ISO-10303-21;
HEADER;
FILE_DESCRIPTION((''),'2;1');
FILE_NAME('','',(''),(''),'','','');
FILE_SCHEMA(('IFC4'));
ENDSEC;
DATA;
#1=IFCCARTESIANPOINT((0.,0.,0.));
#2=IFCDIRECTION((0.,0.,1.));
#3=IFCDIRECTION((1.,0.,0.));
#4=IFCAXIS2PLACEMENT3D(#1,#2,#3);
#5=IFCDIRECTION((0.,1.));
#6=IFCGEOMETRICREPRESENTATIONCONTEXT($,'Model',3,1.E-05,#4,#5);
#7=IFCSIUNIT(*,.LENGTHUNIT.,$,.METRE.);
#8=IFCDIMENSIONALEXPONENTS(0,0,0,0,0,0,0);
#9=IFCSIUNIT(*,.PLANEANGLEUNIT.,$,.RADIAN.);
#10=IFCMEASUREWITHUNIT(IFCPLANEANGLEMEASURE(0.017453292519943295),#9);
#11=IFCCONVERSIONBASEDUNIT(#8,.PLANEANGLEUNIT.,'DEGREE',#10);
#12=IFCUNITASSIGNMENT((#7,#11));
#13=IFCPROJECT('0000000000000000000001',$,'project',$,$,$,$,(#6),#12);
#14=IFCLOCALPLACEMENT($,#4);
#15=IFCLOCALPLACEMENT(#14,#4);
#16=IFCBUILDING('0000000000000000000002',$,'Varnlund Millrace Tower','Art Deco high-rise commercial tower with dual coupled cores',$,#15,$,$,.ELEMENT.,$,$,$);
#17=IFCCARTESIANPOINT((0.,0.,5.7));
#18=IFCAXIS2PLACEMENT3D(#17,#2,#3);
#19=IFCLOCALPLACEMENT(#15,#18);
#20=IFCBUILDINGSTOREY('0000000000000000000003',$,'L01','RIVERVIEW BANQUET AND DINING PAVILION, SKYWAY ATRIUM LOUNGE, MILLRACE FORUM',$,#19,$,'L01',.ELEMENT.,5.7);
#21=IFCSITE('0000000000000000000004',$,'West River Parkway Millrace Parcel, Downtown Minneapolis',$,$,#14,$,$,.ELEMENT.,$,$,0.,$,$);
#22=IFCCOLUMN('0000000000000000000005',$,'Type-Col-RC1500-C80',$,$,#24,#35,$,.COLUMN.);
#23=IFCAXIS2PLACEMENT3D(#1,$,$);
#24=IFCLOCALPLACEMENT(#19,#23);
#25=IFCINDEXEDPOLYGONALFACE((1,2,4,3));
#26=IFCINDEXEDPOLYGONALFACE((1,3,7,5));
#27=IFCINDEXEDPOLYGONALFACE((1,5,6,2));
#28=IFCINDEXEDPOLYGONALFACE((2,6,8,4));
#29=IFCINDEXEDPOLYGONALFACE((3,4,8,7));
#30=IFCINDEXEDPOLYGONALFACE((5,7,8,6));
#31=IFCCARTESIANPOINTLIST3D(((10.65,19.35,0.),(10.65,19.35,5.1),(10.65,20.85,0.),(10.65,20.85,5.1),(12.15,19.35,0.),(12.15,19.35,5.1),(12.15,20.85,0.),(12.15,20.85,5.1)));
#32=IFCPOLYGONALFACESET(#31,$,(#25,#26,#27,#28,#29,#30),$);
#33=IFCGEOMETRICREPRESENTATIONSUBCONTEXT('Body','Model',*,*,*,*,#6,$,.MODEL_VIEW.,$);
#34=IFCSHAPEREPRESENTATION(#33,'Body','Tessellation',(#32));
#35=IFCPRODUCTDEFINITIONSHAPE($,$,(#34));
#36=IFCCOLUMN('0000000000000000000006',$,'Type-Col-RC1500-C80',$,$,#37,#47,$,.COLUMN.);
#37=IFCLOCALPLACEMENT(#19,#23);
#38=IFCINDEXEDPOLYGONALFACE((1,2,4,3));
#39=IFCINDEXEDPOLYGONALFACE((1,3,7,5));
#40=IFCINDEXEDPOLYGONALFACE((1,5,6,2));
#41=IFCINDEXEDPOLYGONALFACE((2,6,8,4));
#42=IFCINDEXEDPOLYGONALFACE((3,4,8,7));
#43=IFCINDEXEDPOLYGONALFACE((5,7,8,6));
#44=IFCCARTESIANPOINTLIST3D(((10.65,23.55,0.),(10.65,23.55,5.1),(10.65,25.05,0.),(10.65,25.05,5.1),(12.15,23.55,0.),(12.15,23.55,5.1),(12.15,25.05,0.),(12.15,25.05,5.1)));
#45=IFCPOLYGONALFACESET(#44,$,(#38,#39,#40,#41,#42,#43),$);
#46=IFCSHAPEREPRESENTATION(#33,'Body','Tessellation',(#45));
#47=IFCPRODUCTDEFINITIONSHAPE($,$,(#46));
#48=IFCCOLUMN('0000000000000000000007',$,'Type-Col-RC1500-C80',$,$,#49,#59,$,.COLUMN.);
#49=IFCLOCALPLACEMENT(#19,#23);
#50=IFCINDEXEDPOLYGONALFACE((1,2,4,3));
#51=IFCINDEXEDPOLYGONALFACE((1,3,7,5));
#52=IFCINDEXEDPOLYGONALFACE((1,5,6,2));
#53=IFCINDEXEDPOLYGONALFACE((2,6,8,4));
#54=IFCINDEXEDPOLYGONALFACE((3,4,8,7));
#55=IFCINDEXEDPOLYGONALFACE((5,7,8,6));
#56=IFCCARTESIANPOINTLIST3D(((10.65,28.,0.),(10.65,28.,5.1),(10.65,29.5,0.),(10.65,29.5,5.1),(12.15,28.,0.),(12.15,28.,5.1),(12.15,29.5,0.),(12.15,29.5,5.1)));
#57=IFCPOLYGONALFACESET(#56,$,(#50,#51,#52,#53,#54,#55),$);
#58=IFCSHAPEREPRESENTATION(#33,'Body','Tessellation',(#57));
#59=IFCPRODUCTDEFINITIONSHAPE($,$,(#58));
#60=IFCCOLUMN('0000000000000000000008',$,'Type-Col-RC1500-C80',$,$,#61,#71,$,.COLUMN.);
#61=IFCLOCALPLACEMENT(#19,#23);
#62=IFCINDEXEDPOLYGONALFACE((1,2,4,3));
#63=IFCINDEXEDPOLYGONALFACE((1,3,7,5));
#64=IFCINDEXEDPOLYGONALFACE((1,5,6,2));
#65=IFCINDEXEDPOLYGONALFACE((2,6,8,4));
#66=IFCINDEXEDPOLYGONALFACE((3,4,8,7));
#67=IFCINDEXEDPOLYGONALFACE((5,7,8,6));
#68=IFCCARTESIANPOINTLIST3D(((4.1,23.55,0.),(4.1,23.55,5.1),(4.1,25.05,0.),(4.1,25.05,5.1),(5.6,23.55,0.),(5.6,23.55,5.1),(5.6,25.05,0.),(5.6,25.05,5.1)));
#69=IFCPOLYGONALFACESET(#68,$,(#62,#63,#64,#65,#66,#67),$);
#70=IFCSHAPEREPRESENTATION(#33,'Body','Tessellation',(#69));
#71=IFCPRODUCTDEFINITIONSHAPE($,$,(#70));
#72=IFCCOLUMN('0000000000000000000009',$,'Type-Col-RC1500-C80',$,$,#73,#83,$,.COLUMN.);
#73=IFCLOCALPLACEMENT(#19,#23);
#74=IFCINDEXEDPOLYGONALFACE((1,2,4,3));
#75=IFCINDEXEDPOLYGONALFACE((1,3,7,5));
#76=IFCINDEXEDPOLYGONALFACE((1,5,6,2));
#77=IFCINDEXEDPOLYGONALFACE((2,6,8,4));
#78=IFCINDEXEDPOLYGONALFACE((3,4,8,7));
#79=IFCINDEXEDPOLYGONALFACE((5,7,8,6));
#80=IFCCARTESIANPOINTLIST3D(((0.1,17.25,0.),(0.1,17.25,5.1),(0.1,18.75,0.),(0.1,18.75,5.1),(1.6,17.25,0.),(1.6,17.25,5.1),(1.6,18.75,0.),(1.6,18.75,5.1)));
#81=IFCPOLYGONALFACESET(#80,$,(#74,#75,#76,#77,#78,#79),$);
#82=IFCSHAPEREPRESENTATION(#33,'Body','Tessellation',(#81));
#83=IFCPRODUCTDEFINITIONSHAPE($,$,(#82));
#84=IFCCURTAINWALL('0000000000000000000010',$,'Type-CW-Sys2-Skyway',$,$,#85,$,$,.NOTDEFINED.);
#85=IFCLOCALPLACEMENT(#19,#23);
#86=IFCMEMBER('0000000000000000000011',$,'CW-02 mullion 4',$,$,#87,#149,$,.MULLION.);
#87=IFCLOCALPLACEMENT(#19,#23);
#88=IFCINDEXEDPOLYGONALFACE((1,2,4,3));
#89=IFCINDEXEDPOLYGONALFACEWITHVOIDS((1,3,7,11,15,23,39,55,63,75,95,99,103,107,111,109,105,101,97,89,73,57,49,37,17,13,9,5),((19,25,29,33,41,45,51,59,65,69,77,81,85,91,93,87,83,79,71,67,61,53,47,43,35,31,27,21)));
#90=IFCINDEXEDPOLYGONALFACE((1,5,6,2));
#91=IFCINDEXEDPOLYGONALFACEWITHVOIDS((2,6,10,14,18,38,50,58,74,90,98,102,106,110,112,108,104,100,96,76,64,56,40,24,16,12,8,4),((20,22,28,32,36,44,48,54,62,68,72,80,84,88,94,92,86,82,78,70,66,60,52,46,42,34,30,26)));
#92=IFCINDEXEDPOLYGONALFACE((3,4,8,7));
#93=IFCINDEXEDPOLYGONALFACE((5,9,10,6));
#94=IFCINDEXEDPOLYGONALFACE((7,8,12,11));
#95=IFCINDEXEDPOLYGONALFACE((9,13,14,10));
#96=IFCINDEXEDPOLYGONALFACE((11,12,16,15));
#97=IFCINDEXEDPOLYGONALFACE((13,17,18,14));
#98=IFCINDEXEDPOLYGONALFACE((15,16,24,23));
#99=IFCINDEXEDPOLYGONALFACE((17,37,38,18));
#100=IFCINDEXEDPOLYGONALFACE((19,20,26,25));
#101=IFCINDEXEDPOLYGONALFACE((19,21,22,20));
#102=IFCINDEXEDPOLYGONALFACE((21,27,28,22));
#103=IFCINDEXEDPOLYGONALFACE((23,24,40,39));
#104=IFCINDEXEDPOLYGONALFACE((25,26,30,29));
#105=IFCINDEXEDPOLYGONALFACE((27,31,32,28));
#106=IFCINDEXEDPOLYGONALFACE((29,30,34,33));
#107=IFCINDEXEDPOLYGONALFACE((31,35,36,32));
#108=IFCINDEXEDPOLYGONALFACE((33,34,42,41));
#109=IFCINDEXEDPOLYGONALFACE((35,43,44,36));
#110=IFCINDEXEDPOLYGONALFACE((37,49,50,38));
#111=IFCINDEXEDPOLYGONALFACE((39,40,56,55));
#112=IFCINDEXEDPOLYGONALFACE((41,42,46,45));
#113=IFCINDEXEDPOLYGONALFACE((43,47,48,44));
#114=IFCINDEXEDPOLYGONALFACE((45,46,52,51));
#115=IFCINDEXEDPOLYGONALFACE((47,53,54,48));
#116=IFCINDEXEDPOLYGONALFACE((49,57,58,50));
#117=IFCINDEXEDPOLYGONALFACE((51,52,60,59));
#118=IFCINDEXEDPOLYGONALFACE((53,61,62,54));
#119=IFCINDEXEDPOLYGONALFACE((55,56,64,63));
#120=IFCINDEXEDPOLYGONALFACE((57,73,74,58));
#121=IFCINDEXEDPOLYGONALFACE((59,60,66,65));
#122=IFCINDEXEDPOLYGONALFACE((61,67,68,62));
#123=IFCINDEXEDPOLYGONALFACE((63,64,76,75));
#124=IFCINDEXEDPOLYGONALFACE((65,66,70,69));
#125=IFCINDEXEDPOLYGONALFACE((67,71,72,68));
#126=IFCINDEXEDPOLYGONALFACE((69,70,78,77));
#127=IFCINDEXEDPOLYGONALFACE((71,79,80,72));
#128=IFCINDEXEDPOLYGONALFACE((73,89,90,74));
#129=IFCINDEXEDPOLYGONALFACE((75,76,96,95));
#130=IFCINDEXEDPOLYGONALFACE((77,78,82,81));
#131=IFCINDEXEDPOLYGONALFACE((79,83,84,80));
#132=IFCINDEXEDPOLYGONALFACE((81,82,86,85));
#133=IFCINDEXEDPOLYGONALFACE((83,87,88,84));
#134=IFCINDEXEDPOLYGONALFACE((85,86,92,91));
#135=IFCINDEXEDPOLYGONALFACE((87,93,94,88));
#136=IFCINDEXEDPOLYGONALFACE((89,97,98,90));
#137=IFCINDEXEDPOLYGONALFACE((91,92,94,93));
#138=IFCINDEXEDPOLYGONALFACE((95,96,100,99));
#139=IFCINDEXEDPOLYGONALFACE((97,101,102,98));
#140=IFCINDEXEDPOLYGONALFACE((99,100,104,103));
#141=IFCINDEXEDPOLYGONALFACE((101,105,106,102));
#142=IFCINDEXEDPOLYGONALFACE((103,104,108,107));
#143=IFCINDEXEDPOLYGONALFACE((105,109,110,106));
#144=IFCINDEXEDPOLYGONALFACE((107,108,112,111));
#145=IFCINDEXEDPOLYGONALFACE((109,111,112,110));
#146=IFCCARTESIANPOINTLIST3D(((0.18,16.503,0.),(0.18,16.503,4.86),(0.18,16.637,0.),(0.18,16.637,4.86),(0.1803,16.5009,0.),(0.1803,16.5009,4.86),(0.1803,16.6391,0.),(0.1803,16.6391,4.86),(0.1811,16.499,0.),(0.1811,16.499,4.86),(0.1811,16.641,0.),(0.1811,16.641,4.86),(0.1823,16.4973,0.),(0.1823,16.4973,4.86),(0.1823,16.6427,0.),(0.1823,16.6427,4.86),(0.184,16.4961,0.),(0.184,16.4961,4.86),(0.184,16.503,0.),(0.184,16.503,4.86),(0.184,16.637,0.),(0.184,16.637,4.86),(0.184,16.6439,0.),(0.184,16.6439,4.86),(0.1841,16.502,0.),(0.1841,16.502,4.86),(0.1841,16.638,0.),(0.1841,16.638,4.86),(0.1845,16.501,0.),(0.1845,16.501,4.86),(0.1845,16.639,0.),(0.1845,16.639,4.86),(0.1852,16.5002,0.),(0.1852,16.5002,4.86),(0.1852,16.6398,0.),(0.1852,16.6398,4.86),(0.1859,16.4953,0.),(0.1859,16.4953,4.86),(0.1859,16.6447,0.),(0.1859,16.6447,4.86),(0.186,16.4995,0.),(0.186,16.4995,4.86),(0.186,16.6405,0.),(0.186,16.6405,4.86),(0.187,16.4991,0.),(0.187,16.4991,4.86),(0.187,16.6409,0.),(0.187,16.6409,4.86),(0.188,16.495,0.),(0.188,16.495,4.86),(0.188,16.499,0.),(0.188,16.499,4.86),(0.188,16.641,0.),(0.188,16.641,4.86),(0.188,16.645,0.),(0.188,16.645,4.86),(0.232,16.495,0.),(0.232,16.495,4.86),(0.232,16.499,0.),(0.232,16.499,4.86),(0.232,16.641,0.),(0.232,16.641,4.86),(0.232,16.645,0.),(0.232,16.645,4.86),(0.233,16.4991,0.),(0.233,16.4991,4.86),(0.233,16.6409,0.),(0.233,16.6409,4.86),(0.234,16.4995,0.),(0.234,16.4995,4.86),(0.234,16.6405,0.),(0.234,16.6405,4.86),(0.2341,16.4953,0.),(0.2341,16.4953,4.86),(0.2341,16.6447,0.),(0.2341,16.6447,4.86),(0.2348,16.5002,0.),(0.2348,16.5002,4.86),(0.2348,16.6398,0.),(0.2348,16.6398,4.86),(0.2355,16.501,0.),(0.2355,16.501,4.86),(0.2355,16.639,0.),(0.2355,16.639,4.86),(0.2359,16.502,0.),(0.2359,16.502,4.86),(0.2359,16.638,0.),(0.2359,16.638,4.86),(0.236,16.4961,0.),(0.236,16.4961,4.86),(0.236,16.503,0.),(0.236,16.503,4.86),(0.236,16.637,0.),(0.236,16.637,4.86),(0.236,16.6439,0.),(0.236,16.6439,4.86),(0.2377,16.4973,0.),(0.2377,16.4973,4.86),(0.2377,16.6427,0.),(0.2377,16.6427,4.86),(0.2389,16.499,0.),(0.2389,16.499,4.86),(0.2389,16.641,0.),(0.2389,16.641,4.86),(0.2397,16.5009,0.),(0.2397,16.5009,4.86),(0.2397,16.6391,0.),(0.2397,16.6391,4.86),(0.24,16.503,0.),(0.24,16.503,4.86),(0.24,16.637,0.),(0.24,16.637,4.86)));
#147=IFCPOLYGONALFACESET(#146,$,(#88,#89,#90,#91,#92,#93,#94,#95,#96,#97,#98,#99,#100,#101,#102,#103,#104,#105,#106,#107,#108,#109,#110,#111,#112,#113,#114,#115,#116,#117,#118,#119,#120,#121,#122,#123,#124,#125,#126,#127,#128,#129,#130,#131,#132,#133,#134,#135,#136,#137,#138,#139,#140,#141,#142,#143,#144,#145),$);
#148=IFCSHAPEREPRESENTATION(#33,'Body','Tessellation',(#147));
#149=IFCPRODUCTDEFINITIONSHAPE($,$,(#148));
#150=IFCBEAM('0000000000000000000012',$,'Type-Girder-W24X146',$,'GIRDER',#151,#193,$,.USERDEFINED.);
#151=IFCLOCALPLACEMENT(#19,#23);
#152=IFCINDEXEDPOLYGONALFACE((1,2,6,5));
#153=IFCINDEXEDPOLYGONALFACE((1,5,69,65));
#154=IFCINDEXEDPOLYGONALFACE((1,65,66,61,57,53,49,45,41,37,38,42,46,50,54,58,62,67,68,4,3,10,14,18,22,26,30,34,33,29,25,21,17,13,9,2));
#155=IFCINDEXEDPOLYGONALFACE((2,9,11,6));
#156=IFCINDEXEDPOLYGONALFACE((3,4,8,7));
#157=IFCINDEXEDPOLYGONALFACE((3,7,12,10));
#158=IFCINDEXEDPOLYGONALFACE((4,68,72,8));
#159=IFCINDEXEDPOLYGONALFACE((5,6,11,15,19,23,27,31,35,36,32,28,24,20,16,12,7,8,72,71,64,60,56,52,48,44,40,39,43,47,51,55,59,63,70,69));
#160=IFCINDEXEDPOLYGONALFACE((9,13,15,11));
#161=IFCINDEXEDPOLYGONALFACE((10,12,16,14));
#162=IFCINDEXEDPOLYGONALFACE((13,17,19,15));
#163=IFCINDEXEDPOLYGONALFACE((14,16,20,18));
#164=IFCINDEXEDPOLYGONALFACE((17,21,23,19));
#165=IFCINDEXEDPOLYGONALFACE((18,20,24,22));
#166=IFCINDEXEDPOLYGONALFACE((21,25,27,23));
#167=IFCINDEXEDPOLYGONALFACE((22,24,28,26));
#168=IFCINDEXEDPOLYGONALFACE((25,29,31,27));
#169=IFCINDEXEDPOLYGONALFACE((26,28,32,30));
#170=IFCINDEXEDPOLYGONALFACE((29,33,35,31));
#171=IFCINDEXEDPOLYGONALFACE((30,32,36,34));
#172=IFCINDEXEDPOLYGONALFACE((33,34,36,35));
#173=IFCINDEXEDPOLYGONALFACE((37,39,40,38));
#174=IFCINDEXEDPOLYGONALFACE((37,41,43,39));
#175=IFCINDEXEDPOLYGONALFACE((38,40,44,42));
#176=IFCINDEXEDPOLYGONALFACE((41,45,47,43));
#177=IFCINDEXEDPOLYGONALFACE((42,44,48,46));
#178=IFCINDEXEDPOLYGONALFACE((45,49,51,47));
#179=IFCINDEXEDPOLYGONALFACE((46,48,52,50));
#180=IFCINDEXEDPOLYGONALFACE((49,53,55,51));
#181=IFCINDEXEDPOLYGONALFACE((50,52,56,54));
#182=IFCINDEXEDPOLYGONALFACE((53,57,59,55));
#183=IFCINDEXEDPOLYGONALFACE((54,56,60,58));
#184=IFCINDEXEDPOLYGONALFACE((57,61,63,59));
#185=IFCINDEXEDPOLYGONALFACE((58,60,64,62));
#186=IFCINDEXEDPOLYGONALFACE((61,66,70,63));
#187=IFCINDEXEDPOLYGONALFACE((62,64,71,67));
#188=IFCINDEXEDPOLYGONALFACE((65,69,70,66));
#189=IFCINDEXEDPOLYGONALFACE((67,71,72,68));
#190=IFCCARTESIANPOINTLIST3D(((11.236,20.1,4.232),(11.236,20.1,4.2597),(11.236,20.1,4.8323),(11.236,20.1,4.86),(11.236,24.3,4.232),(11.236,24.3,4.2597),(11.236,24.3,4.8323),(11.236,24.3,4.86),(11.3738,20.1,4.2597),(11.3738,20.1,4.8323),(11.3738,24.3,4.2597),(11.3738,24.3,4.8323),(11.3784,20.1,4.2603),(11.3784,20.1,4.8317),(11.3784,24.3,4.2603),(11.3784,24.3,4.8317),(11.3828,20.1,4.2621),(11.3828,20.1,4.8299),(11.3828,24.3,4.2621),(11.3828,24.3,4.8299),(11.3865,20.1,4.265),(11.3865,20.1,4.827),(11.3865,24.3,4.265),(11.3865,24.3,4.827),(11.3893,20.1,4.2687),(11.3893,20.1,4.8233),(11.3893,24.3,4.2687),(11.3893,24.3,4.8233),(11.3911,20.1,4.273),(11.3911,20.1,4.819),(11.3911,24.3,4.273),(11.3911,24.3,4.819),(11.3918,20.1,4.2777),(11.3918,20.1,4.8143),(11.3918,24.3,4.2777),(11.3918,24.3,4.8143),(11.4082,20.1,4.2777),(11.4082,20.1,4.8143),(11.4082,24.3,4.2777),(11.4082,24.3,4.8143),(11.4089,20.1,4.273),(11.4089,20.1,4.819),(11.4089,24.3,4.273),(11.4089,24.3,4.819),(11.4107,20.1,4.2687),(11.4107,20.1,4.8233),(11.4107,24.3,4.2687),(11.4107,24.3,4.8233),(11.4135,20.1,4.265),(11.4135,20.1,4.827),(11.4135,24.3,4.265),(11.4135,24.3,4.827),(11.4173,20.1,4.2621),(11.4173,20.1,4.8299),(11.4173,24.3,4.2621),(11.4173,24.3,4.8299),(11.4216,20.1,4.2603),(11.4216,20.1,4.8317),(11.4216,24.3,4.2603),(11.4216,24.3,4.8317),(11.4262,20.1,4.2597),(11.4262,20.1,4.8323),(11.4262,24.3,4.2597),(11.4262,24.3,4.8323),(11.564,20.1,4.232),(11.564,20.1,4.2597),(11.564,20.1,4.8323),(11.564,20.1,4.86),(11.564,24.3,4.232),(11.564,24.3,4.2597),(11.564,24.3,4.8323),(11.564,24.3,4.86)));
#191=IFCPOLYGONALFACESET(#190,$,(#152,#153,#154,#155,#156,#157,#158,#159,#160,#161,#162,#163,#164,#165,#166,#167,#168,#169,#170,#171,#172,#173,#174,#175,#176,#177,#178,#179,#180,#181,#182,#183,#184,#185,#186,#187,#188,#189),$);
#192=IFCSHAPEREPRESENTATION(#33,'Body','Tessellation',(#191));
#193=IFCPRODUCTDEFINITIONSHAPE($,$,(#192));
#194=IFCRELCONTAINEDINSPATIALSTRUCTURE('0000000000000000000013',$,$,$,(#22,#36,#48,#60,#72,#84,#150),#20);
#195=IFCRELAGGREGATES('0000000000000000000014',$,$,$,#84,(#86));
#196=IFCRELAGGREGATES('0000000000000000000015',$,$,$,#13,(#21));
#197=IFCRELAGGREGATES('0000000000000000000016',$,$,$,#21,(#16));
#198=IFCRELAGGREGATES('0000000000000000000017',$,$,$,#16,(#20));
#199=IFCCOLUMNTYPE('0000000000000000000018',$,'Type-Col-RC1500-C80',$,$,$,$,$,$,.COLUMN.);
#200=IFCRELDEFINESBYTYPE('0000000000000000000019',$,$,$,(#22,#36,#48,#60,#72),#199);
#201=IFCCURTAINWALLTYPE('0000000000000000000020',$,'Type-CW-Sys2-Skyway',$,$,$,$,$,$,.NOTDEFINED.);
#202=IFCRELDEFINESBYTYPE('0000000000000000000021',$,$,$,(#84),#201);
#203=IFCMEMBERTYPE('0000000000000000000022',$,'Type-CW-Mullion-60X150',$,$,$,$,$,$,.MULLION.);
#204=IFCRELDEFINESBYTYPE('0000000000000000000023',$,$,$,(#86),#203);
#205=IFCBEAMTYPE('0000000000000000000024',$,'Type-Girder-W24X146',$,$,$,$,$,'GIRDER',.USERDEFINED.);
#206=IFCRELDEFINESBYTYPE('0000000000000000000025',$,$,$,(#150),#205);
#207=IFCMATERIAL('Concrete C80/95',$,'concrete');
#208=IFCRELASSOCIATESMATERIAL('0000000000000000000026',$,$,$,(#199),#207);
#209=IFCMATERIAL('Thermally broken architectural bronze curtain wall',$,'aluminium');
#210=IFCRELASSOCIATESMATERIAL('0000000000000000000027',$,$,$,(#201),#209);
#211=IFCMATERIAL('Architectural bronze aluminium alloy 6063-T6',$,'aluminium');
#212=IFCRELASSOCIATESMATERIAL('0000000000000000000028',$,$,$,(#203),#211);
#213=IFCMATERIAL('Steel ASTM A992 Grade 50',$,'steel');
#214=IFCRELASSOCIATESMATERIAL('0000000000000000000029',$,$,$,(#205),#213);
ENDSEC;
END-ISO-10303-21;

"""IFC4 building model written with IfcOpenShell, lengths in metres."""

from ifc_helpers import new_model, entity, si_unit, converted_unit, direction, frame, origin_with_axes, origin_2d_with_axis, place, context, subcontext, project, spatial, rectangle, hollow_rectangle, i_section, extrude, material, material_profile, profile_set, type_object, element, aggregate, save


model = new_model("IFC4")

# Units and contexts
model_context = context("Model", 3, precision=1e-05, world=origin_with_axes(), true_north=direction((0.0, 1.0)))
body_context = subcontext(model_context, "Body", "Model", "MODEL_VIEW")
ifc_project = project(units=[si_unit("LENGTHUNIT", "METRE"), converted_unit("PLANEANGLEUNIT", "DEGREE", entity("IfcPlaneAngleMeasure", 0.017453292519943295), si_unit("PLANEANGLEUNIT", "RADIAN"), dimensions=[0, 0, 0, 0, 0, 0, 0])], contexts=[model_context])

# Site, building, storey
site_placement = place(None, origin_with_axes())
site = spatial("IfcSite", under=ifc_project, at=site_placement, Name="West River Parkway Millrace Parcel, Downtown Minneapolis", CompositionType="ELEMENT", RefElevation=0.0)
building_placement = place(site_placement, origin_with_axes())
building = spatial("IfcBuilding", under=site, at=building_placement, Name="Varnlund Millrace Tower", Description="Art Deco high-rise commercial tower with dual coupled cores", CompositionType="ELEMENT")
storey_placement = place(building_placement, frame((0.0, 0.0, 5.7), z_axis=(0.0, 0.0, 1.0), x_axis=(1.0, 0.0, 0.0)))
storey = spatial("IfcBuildingStorey", under=building, at=storey_placement, Name="L01", Description="RIVERVIEW BANQUET AND DINING PAVILION, SKYWAY ATRIUM LOUNGE, MILLRACE FORUM", LongName="L01", CompositionType="ELEMENT", Elevation=5.7)

# Columns
ifc_material_1 = material(Name="Concrete C80/95", Category="concrete")
ifc_material_profile_1 = material_profile(ifc_material_1, rectangle(XDim=1.5, YDim=1.5, at=origin_2d_with_axis()), Name="Concrete C80/95")
ifc_profile_set_1 = profile_set([ifc_material_profile_1], Name="Concrete C80/95")
column_type = type_object("IfcColumnType", Name="Type-Col-RC1500-C80", PredefinedType="COLUMN", material=ifc_profile_set_1)
for number, where, z_axis, x_axis, name in (
    (1, (11.4, 20.1, 0.0), (0.0, 0.0, 1.0), (1.0, 0.0, 0.0), "Type-Col-RC1500-C80"),
    (2, (11.4, 24.3, 0.0), (0.0, 0.0, 1.0), (1.0, 0.0, 0.0), "Type-Col-RC1500-C80"),
    (3, (11.4, 28.75, 0.0), (0.0, 0.0, 1.0), (1.0, 0.0, 0.0), "Type-Col-RC1500-C80"),
    (4, (4.85, 24.3, 0.0), (0.0, 0.0, 1.0), (1.0, 0.0, 0.0), "Type-Col-RC1500-C80"),
    (5, (0.85, 18.0, 0.0), (0.0, 0.0, 1.0), (1.0, 0.0, 0.0), "Type-Col-RC1500-C80"),
):
    element("IfcColumn", number, at=place(storey_placement, frame(where, z_axis=z_axis, x_axis=x_axis)), inside=storey, type_object=column_type, Name=name, PredefinedType="COLUMN", context=body_context, shape_type="SweptSolid", body=[
        extrude(rectangle(XDim=1.5, YDim=1.5, at=origin_2d_with_axis()), origin_with_axes(), (0.0, 0.0, 1.0), 5.1),
    ])

# Curtain wall, member
ifc_material_2 = material(Name="Thermally broken architectural bronze curtain wall", Category="aluminium")
curtain_wall_type = type_object("IfcCurtainWallType", Name="Type-CW-Sys2-Skyway", PredefinedType="NOTDEFINED", material=ifc_material_2)
curtain_wall_placement = place(storey_placement, frame((0.21, 12.1, 0.0), z_axis=(0.0, 0.0, 1.0), x_axis=(1.0, 0.0, 0.0)))
curtain_wall = element("IfcCurtainWall", 6, at=curtain_wall_placement, inside=storey, type_object=curtain_wall_type, Name="Type-CW-Sys2-Skyway", PredefinedType="NOTDEFINED")
ifc_material_3 = material(Name="Architectural bronze aluminium alloy 6063-T6", Category="aluminium")
ifc_material_profile_2 = material_profile(ifc_material_3, hollow_rectangle(XDim=0.06, YDim=0.15, WallThickness=0.004, InnerFilletRadius=0.004, OuterFilletRadius=0.008, at=origin_2d_with_axis()), Name="Architectural bronze aluminium alloy 6063-T6")
ifc_profile_set_2 = profile_set([ifc_material_profile_2], Name="Architectural bronze aluminium alloy 6063-T6")
member_type = type_object("IfcMemberType", Name="Type-CW-Mullion-60X150", PredefinedType="MULLION", material=ifc_profile_set_2)
member_placement = place(storey_placement, frame((0.21, 16.57, 0.0), z_axis=(0.0, 0.0, 1.0), x_axis=(-1.0, 0.0, 0.0)))
member = element("IfcMember", 7, at=member_placement, type_object=member_type, Name="CW-02 mullion 4", PredefinedType="MULLION", context=body_context, shape_type="SweptSolid", body=[
    extrude(hollow_rectangle(XDim=0.06, YDim=0.15, WallThickness=0.004, InnerFilletRadius=0.004, OuterFilletRadius=0.008, at=origin_2d_with_axis()), origin_with_axes(), (0.0, 0.0, 1.0), 4.86),
])

# Beam
ifc_material_4 = material(Name="Steel ASTM A992 Grade 50", Category="steel")
ifc_material_profile_3 = material_profile(ifc_material_4, i_section(OverallWidth=0.328, OverallDepth=0.628, WebThickness=0.0165, FlangeThickness=0.0277, FilletRadius=0.018, at=origin_2d_with_axis()), Name="Steel ASTM A992 Grade 50")
ifc_profile_set_3 = profile_set([ifc_material_profile_3], Name="Steel ASTM A992 Grade 50")
beam_type_1 = type_object("IfcBeamType", Name="Type-Girder-W24X146", ElementType="GIRDER", PredefinedType="USERDEFINED", material=ifc_profile_set_3)
beam_1_placement = place(storey_placement, frame((11.4, 20.1, 4.546), z_axis=(0.0, 1.0, 0.0), x_axis=(-1.0, 0.0, 0.0)))
element("IfcBeam", 8, at=beam_1_placement, inside=storey, type_object=beam_type_1, Name="Type-Girder-W24X146", ObjectType="GIRDER", PredefinedType="USERDEFINED", context=body_context, shape_type="SweptSolid", body=[
    extrude(i_section(OverallWidth=0.328, OverallDepth=0.628, WebThickness=0.0165, FlangeThickness=0.0277, FilletRadius=0.018, at=origin_2d_with_axis()), origin_with_axes(), (0.0, 0.0, 1.0), 4.2),
])

aggregate(curtain_wall, [member])

save(model, "model.ifc")
